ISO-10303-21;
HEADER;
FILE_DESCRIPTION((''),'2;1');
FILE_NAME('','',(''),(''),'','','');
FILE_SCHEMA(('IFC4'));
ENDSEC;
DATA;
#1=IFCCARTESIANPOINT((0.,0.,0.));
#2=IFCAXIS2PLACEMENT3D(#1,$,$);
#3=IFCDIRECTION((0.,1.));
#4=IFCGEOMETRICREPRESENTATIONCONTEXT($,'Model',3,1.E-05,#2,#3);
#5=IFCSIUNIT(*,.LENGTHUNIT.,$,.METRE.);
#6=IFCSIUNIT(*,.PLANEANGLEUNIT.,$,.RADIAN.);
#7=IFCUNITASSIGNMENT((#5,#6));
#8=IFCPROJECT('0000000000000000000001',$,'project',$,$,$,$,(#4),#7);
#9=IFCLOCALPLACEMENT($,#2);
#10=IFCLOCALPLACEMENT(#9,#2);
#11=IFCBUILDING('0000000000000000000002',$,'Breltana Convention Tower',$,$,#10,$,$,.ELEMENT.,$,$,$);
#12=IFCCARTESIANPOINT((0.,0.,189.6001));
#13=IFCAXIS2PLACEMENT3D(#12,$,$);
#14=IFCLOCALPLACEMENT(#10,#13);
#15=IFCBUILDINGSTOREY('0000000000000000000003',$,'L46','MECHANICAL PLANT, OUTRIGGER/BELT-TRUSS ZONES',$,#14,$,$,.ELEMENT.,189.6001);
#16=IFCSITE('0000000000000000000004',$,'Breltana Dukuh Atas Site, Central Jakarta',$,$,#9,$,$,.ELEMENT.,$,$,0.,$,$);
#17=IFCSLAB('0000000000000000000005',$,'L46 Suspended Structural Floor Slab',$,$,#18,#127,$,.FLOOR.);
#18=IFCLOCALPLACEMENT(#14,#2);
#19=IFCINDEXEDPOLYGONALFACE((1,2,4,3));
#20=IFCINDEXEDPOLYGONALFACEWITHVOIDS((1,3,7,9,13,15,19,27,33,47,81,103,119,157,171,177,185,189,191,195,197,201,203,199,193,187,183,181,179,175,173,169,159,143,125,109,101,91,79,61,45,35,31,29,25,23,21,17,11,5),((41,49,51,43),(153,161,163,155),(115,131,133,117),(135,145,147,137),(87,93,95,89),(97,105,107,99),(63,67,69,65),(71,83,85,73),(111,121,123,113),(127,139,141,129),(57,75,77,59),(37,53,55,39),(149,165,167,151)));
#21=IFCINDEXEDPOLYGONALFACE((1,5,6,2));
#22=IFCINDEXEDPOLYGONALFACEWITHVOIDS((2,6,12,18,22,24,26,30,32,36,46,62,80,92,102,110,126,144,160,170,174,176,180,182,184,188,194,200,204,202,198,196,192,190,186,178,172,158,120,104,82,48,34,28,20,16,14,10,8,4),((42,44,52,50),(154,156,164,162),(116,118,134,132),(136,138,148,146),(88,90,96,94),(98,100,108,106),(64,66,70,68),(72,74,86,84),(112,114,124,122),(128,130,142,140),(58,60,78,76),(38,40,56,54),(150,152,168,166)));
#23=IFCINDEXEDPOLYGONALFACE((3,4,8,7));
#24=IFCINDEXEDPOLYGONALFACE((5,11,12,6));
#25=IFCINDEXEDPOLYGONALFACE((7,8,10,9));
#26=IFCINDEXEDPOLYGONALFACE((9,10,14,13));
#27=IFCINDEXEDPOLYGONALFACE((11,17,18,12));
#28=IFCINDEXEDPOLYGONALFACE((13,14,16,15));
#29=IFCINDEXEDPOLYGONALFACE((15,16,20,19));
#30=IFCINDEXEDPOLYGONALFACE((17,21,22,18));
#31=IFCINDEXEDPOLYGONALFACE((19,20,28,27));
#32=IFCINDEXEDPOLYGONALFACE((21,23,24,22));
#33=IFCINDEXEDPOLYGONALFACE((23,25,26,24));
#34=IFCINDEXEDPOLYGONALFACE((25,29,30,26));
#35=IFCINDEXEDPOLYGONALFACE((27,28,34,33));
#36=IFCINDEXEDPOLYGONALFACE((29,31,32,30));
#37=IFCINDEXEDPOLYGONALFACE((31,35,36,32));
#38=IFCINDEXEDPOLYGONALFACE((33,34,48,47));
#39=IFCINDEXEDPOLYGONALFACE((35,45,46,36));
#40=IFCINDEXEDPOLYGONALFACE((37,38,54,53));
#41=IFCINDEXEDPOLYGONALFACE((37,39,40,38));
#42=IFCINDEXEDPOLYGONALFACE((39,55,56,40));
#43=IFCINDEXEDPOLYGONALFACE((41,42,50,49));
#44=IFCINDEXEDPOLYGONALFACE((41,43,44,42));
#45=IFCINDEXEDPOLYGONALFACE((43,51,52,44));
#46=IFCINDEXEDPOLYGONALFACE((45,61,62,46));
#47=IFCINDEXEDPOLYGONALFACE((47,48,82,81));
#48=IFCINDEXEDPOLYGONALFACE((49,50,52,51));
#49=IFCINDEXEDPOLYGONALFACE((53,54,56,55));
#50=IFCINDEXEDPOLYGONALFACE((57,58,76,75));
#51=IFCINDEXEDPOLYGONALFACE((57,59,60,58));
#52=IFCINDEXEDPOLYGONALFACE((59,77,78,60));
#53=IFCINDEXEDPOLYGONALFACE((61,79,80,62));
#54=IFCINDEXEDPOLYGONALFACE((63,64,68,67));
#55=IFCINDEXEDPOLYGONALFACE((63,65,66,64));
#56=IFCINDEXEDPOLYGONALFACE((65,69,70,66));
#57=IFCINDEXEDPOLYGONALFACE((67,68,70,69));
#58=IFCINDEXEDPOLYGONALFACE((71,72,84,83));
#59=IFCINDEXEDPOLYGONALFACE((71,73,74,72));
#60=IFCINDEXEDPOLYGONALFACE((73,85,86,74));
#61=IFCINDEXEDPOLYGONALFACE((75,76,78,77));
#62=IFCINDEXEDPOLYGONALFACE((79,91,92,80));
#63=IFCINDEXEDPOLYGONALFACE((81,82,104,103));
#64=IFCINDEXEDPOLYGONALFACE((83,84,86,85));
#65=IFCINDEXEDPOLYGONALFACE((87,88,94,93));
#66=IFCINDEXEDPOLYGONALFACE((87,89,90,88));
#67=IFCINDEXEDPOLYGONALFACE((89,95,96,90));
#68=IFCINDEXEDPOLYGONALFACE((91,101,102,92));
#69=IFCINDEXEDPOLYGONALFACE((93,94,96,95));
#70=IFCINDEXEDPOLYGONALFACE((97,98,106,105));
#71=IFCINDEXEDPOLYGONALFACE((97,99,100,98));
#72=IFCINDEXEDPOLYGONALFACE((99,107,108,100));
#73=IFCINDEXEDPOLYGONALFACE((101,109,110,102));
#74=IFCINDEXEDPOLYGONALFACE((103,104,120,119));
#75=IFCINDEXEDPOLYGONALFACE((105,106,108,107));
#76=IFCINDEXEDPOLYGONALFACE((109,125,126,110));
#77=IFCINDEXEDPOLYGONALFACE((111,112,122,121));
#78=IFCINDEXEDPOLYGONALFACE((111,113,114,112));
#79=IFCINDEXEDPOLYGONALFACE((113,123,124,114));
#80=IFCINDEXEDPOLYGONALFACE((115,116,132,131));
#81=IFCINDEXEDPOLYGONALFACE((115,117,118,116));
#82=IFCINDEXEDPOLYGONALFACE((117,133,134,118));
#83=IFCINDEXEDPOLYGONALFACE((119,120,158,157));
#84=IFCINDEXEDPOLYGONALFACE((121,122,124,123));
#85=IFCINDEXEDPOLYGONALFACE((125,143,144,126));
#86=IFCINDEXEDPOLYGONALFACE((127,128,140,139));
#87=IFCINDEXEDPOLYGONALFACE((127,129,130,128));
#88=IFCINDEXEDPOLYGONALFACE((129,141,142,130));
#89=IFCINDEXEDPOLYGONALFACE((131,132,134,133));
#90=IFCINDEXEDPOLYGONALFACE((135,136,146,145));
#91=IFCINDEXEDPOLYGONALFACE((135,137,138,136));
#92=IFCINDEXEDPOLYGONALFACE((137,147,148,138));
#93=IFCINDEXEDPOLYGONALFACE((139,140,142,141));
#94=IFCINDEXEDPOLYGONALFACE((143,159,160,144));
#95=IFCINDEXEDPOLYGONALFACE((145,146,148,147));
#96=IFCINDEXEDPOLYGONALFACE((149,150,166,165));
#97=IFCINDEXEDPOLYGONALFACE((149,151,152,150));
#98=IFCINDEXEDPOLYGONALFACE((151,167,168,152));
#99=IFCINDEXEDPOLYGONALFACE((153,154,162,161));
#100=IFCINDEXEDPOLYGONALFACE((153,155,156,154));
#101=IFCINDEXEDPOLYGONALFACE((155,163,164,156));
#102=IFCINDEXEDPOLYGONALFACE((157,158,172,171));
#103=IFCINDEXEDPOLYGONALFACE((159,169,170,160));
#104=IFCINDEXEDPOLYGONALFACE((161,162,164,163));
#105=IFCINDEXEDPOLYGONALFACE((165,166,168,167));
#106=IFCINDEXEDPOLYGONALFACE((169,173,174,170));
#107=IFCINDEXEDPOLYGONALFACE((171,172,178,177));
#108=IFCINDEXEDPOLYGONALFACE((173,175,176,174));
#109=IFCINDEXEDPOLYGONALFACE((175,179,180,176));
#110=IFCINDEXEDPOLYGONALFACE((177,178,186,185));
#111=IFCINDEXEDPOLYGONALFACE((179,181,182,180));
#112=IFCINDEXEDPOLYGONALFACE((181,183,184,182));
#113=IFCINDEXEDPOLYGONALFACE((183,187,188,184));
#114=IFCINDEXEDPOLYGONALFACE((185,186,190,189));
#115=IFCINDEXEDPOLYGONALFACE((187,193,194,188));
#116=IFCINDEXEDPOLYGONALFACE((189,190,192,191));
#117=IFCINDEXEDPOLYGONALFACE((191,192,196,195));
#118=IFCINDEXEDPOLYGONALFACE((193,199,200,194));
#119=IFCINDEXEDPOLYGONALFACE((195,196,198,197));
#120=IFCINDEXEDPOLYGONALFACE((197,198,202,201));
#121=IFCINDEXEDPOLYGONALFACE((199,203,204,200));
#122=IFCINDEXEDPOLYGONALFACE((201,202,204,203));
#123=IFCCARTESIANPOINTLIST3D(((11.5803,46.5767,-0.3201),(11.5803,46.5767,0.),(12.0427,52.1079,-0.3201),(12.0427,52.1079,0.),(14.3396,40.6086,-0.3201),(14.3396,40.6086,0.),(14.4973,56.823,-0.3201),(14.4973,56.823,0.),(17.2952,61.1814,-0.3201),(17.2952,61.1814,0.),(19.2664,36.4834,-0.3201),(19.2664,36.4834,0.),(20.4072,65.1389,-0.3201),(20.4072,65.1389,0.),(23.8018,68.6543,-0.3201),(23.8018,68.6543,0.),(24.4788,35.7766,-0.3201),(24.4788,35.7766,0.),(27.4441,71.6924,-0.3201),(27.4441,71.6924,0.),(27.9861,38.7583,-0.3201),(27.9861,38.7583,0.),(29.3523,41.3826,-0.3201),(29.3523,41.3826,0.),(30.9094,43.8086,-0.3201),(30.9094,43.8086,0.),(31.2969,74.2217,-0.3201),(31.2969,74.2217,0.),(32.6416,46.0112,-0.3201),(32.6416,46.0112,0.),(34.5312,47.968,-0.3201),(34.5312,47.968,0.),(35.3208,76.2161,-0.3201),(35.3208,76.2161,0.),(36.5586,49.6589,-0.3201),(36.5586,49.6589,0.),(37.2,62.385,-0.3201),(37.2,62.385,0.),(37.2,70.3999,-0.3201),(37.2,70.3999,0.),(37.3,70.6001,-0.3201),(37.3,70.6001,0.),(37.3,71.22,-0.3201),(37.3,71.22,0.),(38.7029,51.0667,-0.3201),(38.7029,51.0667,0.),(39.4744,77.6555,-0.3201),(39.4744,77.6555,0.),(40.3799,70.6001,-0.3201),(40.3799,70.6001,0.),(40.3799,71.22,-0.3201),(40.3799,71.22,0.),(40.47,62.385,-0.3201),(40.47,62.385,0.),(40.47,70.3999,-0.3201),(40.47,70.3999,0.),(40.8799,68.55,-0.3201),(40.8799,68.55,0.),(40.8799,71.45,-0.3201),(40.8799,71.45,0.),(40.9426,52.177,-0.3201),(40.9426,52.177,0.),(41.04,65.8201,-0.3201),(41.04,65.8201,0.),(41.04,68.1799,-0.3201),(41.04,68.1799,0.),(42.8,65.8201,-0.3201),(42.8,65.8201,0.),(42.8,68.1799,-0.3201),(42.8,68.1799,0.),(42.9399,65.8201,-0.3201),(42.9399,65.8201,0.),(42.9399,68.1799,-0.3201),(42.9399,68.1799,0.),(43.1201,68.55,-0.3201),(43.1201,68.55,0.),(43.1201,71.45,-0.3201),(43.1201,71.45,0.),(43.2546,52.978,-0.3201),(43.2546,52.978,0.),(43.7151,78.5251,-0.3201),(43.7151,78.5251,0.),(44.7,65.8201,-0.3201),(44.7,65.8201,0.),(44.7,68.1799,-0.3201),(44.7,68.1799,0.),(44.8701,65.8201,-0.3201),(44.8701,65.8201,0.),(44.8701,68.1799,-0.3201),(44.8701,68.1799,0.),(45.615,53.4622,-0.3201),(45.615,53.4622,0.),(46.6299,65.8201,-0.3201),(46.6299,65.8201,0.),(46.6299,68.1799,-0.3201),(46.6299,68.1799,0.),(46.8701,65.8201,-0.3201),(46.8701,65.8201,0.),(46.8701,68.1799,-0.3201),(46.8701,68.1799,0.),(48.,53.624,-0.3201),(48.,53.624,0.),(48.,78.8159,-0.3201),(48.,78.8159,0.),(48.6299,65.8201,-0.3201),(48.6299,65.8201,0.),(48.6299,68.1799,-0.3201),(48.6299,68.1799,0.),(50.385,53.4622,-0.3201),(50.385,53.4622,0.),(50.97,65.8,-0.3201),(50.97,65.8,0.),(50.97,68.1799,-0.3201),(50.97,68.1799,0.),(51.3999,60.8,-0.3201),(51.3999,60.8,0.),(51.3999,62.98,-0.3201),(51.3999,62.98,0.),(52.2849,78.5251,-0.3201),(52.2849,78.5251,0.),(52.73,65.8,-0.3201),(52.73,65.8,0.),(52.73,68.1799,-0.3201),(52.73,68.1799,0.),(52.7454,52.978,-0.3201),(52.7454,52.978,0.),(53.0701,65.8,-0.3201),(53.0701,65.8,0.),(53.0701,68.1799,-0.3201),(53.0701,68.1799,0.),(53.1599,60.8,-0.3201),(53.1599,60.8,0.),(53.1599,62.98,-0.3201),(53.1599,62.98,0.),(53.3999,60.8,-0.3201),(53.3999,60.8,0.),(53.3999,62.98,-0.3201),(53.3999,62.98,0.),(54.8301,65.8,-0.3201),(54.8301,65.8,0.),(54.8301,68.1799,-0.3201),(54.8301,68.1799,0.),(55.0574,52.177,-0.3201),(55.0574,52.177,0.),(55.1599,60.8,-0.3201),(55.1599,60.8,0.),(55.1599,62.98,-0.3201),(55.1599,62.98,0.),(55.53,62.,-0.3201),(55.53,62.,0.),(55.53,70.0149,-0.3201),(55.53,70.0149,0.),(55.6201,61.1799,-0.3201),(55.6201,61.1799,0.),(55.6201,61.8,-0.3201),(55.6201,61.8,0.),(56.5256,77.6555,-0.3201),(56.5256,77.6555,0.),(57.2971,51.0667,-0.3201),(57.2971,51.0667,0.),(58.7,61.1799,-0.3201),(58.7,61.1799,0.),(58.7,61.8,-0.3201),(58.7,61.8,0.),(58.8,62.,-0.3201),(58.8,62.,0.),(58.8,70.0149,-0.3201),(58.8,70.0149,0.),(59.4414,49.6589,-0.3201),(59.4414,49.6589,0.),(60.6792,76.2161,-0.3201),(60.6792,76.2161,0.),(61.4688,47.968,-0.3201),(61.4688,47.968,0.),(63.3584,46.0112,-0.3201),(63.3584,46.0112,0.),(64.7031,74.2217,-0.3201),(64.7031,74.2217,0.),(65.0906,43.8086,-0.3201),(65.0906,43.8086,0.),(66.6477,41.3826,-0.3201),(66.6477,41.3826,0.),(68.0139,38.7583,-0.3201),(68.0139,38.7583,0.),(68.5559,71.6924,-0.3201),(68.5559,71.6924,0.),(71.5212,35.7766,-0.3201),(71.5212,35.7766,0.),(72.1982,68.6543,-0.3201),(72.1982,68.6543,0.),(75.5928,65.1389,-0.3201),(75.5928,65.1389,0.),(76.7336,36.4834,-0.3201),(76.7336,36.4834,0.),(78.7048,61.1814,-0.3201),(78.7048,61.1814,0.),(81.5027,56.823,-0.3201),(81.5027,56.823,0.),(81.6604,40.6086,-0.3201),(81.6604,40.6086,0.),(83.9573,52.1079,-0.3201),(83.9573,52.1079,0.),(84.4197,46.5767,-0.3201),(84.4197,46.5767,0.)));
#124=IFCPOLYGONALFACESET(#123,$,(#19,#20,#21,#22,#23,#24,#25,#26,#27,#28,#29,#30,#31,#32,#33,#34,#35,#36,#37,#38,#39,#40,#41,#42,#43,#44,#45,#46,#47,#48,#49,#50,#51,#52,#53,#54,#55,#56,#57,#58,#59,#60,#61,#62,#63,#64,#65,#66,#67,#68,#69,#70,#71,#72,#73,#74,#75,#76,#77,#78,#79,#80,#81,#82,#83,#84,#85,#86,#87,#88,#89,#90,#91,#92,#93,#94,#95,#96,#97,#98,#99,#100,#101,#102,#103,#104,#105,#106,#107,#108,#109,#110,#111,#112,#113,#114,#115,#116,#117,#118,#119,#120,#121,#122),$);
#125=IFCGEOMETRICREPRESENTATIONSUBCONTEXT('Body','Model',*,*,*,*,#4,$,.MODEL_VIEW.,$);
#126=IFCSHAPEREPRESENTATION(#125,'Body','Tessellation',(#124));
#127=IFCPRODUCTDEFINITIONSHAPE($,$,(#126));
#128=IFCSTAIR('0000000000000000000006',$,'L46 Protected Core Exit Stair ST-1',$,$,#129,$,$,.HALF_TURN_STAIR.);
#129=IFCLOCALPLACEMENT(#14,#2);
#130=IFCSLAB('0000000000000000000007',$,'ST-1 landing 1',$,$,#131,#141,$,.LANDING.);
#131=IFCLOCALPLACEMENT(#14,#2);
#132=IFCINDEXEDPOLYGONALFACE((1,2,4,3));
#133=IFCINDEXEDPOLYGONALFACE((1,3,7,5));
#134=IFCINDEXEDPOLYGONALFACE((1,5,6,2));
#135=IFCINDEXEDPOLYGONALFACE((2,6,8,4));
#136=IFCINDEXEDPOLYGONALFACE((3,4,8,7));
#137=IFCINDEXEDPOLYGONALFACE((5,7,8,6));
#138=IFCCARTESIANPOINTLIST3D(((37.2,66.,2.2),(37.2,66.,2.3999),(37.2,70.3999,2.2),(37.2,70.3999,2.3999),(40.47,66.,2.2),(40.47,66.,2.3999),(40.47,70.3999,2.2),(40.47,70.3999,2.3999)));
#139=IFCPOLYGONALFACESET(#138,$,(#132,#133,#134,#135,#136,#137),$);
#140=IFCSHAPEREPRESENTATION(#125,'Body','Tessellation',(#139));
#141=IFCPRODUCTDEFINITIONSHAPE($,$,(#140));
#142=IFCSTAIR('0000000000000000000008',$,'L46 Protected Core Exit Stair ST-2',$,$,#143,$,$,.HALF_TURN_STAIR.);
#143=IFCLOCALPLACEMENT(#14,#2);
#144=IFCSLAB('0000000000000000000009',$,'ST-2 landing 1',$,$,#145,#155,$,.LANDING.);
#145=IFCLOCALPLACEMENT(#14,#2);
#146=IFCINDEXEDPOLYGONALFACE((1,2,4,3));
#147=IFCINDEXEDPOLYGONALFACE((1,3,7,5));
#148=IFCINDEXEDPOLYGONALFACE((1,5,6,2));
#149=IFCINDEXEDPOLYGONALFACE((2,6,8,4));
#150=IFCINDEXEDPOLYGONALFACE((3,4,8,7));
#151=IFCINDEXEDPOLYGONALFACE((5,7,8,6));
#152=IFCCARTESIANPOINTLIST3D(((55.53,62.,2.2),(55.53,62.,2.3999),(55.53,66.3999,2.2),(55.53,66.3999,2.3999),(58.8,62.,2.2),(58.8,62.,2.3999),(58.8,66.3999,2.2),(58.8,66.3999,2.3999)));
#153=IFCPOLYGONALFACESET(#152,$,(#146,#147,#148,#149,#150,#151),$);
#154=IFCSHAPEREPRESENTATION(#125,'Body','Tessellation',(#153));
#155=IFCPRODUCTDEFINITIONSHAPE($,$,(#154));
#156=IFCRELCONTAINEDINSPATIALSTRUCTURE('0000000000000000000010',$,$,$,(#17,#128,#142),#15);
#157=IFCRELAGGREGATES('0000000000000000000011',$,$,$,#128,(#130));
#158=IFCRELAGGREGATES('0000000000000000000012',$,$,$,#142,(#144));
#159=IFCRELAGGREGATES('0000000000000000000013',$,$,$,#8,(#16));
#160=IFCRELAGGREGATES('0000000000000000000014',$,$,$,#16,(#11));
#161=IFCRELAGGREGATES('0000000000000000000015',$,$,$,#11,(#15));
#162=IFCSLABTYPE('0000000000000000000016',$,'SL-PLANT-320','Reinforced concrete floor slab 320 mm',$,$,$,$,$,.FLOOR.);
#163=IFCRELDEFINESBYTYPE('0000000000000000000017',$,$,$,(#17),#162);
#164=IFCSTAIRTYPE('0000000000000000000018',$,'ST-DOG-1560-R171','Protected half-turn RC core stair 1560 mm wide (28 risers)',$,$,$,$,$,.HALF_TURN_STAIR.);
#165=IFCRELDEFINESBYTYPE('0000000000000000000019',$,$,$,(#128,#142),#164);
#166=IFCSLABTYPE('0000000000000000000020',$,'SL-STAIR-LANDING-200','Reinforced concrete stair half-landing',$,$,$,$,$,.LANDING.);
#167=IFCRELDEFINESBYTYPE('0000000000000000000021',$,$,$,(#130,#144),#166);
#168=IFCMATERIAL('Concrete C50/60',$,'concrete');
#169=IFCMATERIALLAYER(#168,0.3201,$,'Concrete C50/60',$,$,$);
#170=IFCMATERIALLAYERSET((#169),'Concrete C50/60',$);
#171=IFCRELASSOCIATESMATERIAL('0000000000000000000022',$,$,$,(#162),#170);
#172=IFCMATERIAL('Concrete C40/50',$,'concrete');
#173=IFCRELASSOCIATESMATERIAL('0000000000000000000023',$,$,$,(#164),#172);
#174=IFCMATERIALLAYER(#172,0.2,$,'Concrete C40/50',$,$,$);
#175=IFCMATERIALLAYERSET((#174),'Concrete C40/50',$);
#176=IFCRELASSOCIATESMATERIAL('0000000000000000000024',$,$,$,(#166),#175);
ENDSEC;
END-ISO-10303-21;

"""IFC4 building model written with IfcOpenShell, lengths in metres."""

from ifc_helpers import new_model, si_unit, direction, frame, origin, place, context, subcontext, project, spatial, polyline, outline, extrude, material, layer, layer_set, type_object, element, aggregate, save


model = new_model("IFC4")

# Units and contexts
model_context = context("Model", 3, precision=1e-05, world=origin(), true_north=direction((0.0, 1.0)))
body_context = subcontext(model_context, "Body", "Model", "MODEL_VIEW")
ifc_project = project(units=[si_unit("LENGTHUNIT", "METRE"), si_unit("PLANEANGLEUNIT", "RADIAN")], contexts=[model_context])

# Site, building, storey
site_placement = place(None, origin())
site = spatial("IfcSite", under=ifc_project, at=site_placement, Name="Breltana Dukuh Atas Site, Central Jakarta", CompositionType="ELEMENT", RefElevation=0.0)
building_placement = place(site_placement, origin())
building = spatial("IfcBuilding", under=site, at=building_placement, Name="Breltana Convention Tower", CompositionType="ELEMENT")
storey_placement = place(building_placement, frame((0.0, 0.0, 189.6001)))
storey = spatial("IfcBuildingStorey", under=building, at=storey_placement, Name="L46", Description="MECHANICAL PLANT, OUTRIGGER/BELT-TRUSS ZONES", CompositionType="ELEMENT", Elevation=189.6001)

# Shared definitions
ifc_material_1 = material(Name="Concrete C50/60", Category="concrete")

# Slab
ifc_layer_1 = layer(ifc_material_1, 0.3201, Name="Concrete C50/60")
ifc_layer_set_1 = layer_set([ifc_layer_1], Name="Concrete C50/60")
slab_type_1 = type_object("IfcSlabType", Name="SL-PLANT-320", Description="Reinforced concrete floor slab 320 mm", PredefinedType="FLOOR", material=ifc_layer_set_1)
slab_1_placement = place(storey_placement, frame((0.0, 0.0, -0.3201)))
element("IfcSlab", 1, at=slab_1_placement, inside=storey, type_object=slab_type_1, Name="L46 Suspended Structural Floor Slab", PredefinedType="FLOOR", context=body_context, shape_type="SweptSolid", body=[
    extrude(outline(polyline([(83.9573, 52.1079), (81.5027, 56.823), (78.7048, 61.1814), (75.5928, 65.1389), (72.1982, 68.6543), (68.5559, 71.6924), (64.7031, 74.2217), (60.6792, 76.2161), (56.5256, 77.6555), (52.2849, 78.5251), (48.0, 78.8159), (43.7151, 78.5251), (39.4744, 77.6555), (35.3208, 76.2161), (31.2969, 74.2217), (27.4441, 71.6924), (23.8018, 68.6543), (20.4072, 65.1389), (17.2952, 61.1814), (14.4973, 56.823), (12.0427, 52.1079), (11.5803, 46.5767), (14.3396, 40.6086), (19.2664, 36.4834), (24.4788, 35.7766), (27.9861, 38.7583), (29.3523, 41.3826), (30.9094, 43.8086), (32.6416, 46.0112), (34.5312, 47.968), (36.5586, 49.6589), (38.7029, 51.0667), (40.9426, 52.177), (43.2546, 52.978), (45.615, 53.4622), (48.0, 53.624), (50.385, 53.4622), (52.7454, 52.978), (55.0574, 52.177), (57.2971, 51.0667), (59.4414, 49.6589), (61.4688, 47.968), (63.3584, 46.0112), (65.0906, 43.8086), (66.6477, 41.3826), (68.0139, 38.7583), (71.5212, 35.7766), (76.7336, 36.4834), (81.6604, 40.6086), (84.4197, 46.5767), (83.9573, 52.1079)]), holes=[polyline([(37.2, 62.385), (40.47, 62.385), (40.47, 70.3999), (37.2, 70.3999), (37.2, 62.385)]), polyline([(55.53, 62.0), (58.8, 62.0), (58.8, 70.0149), (55.53, 70.0149), (55.53, 62.0)]), polyline([(51.3999, 60.8), (53.1599, 60.8), (53.1599, 62.98), (51.3999, 62.98), (51.3999, 60.8)]), polyline([(53.3999, 60.8), (55.1599, 60.8), (55.1599, 62.98), (53.3999, 62.98), (53.3999, 60.8)]), polyline([(41.04, 65.8201), (42.8, 65.8201), (42.8, 68.1799), (41.04, 68.1799), (41.04, 65.8201)]), polyline([(42.9399, 65.8201), (44.7, 65.8201), (44.7, 68.1799), (42.9399, 68.1799), (42.9399, 65.8201)]), polyline([(44.8701, 65.8201), (46.6299, 65.8201), (46.6299, 68.1799), (44.8701, 68.1799), (44.8701, 65.8201)]), polyline([(46.8701, 65.8201), (48.6299, 65.8201), (48.6299, 68.1799), (46.8701, 68.1799), (46.8701, 65.8201)]), polyline([(50.97, 65.8), (52.73, 65.8), (52.73, 68.1799), (50.97, 68.1799), (50.97, 65.8)]), polyline([(53.0701, 65.8), (54.8301, 65.8), (54.8301, 68.1799), (53.0701, 68.1799), (53.0701, 65.8)]), polyline([(40.8799, 68.55), (43.1201, 68.55), (43.1201, 71.45), (40.8799, 71.45), (40.8799, 68.55)]), polyline([(37.3, 70.6001), (40.3799, 70.6001), (40.3799, 71.22), (37.3, 71.22), (37.3, 70.6001)]), polyline([(55.6201, 61.1799), (58.7, 61.1799), (58.7, 61.8), (55.6201, 61.8), (55.6201, 61.1799)])]), origin(), (0.0, 0.0, 1.0), 0.3201),
])

# Stairs, slabs
ifc_material_2 = material(Name="Concrete C40/50", Category="concrete")
stair_type = type_object("IfcStairType", Name="ST-DOG-1560-R171", Description="Protected half-turn RC core stair 1560 mm wide (28 risers)", PredefinedType="HALF_TURN_STAIR", material=ifc_material_2)
stair_1_placement = place(storey_placement, origin())
stair_1 = element("IfcStair", 2, at=stair_1_placement, inside=storey, type_object=stair_type, Name="L46 Protected Core Exit Stair ST-1", PredefinedType="HALF_TURN_STAIR")
ifc_layer_2 = layer(ifc_material_2, 0.2, Name="Concrete C40/50")
ifc_layer_set_2 = layer_set([ifc_layer_2], Name="Concrete C40/50")
slab_type_2 = type_object("IfcSlabType", Name="SL-STAIR-LANDING-200", Description="Reinforced concrete stair half-landing", PredefinedType="LANDING", material=ifc_layer_set_2)
slab_2_placement = place(storey_placement, frame((0.0, 0.0, 2.2)))
slab_2 = element("IfcSlab", 3, at=slab_2_placement, type_object=slab_type_2, Name="ST-1 landing 1", PredefinedType="LANDING", context=body_context, shape_type="SweptSolid", body=[
    extrude(outline(polyline([(40.47, 66.0), (40.47, 70.3999), (37.2, 70.3999), (37.2, 66.0), (40.47, 66.0)])), origin(), (0.0, 0.0, 1.0), 0.2),
])
aggregate(stair_1, [slab_2])
stair_2_placement = place(storey_placement, origin())
stair_2 = element("IfcStair", 4, at=stair_2_placement, inside=storey, type_object=stair_type, Name="L46 Protected Core Exit Stair ST-2", PredefinedType="HALF_TURN_STAIR")
slab_3_placement = place(storey_placement, frame((0.0, 0.0, 2.2)))
slab_3 = element("IfcSlab", 5, at=slab_3_placement, type_object=slab_type_2, Name="ST-2 landing 1", PredefinedType="LANDING", context=body_context, shape_type="SweptSolid", body=[
    extrude(outline(polyline([(55.53, 66.3999), (55.53, 62.0), (58.8, 62.0), (58.8, 66.3999), (55.53, 66.3999)])), origin(), (0.0, 0.0, 1.0), 0.2),
])
aggregate(stair_2, [slab_3])

save(model, "model.ifc")
